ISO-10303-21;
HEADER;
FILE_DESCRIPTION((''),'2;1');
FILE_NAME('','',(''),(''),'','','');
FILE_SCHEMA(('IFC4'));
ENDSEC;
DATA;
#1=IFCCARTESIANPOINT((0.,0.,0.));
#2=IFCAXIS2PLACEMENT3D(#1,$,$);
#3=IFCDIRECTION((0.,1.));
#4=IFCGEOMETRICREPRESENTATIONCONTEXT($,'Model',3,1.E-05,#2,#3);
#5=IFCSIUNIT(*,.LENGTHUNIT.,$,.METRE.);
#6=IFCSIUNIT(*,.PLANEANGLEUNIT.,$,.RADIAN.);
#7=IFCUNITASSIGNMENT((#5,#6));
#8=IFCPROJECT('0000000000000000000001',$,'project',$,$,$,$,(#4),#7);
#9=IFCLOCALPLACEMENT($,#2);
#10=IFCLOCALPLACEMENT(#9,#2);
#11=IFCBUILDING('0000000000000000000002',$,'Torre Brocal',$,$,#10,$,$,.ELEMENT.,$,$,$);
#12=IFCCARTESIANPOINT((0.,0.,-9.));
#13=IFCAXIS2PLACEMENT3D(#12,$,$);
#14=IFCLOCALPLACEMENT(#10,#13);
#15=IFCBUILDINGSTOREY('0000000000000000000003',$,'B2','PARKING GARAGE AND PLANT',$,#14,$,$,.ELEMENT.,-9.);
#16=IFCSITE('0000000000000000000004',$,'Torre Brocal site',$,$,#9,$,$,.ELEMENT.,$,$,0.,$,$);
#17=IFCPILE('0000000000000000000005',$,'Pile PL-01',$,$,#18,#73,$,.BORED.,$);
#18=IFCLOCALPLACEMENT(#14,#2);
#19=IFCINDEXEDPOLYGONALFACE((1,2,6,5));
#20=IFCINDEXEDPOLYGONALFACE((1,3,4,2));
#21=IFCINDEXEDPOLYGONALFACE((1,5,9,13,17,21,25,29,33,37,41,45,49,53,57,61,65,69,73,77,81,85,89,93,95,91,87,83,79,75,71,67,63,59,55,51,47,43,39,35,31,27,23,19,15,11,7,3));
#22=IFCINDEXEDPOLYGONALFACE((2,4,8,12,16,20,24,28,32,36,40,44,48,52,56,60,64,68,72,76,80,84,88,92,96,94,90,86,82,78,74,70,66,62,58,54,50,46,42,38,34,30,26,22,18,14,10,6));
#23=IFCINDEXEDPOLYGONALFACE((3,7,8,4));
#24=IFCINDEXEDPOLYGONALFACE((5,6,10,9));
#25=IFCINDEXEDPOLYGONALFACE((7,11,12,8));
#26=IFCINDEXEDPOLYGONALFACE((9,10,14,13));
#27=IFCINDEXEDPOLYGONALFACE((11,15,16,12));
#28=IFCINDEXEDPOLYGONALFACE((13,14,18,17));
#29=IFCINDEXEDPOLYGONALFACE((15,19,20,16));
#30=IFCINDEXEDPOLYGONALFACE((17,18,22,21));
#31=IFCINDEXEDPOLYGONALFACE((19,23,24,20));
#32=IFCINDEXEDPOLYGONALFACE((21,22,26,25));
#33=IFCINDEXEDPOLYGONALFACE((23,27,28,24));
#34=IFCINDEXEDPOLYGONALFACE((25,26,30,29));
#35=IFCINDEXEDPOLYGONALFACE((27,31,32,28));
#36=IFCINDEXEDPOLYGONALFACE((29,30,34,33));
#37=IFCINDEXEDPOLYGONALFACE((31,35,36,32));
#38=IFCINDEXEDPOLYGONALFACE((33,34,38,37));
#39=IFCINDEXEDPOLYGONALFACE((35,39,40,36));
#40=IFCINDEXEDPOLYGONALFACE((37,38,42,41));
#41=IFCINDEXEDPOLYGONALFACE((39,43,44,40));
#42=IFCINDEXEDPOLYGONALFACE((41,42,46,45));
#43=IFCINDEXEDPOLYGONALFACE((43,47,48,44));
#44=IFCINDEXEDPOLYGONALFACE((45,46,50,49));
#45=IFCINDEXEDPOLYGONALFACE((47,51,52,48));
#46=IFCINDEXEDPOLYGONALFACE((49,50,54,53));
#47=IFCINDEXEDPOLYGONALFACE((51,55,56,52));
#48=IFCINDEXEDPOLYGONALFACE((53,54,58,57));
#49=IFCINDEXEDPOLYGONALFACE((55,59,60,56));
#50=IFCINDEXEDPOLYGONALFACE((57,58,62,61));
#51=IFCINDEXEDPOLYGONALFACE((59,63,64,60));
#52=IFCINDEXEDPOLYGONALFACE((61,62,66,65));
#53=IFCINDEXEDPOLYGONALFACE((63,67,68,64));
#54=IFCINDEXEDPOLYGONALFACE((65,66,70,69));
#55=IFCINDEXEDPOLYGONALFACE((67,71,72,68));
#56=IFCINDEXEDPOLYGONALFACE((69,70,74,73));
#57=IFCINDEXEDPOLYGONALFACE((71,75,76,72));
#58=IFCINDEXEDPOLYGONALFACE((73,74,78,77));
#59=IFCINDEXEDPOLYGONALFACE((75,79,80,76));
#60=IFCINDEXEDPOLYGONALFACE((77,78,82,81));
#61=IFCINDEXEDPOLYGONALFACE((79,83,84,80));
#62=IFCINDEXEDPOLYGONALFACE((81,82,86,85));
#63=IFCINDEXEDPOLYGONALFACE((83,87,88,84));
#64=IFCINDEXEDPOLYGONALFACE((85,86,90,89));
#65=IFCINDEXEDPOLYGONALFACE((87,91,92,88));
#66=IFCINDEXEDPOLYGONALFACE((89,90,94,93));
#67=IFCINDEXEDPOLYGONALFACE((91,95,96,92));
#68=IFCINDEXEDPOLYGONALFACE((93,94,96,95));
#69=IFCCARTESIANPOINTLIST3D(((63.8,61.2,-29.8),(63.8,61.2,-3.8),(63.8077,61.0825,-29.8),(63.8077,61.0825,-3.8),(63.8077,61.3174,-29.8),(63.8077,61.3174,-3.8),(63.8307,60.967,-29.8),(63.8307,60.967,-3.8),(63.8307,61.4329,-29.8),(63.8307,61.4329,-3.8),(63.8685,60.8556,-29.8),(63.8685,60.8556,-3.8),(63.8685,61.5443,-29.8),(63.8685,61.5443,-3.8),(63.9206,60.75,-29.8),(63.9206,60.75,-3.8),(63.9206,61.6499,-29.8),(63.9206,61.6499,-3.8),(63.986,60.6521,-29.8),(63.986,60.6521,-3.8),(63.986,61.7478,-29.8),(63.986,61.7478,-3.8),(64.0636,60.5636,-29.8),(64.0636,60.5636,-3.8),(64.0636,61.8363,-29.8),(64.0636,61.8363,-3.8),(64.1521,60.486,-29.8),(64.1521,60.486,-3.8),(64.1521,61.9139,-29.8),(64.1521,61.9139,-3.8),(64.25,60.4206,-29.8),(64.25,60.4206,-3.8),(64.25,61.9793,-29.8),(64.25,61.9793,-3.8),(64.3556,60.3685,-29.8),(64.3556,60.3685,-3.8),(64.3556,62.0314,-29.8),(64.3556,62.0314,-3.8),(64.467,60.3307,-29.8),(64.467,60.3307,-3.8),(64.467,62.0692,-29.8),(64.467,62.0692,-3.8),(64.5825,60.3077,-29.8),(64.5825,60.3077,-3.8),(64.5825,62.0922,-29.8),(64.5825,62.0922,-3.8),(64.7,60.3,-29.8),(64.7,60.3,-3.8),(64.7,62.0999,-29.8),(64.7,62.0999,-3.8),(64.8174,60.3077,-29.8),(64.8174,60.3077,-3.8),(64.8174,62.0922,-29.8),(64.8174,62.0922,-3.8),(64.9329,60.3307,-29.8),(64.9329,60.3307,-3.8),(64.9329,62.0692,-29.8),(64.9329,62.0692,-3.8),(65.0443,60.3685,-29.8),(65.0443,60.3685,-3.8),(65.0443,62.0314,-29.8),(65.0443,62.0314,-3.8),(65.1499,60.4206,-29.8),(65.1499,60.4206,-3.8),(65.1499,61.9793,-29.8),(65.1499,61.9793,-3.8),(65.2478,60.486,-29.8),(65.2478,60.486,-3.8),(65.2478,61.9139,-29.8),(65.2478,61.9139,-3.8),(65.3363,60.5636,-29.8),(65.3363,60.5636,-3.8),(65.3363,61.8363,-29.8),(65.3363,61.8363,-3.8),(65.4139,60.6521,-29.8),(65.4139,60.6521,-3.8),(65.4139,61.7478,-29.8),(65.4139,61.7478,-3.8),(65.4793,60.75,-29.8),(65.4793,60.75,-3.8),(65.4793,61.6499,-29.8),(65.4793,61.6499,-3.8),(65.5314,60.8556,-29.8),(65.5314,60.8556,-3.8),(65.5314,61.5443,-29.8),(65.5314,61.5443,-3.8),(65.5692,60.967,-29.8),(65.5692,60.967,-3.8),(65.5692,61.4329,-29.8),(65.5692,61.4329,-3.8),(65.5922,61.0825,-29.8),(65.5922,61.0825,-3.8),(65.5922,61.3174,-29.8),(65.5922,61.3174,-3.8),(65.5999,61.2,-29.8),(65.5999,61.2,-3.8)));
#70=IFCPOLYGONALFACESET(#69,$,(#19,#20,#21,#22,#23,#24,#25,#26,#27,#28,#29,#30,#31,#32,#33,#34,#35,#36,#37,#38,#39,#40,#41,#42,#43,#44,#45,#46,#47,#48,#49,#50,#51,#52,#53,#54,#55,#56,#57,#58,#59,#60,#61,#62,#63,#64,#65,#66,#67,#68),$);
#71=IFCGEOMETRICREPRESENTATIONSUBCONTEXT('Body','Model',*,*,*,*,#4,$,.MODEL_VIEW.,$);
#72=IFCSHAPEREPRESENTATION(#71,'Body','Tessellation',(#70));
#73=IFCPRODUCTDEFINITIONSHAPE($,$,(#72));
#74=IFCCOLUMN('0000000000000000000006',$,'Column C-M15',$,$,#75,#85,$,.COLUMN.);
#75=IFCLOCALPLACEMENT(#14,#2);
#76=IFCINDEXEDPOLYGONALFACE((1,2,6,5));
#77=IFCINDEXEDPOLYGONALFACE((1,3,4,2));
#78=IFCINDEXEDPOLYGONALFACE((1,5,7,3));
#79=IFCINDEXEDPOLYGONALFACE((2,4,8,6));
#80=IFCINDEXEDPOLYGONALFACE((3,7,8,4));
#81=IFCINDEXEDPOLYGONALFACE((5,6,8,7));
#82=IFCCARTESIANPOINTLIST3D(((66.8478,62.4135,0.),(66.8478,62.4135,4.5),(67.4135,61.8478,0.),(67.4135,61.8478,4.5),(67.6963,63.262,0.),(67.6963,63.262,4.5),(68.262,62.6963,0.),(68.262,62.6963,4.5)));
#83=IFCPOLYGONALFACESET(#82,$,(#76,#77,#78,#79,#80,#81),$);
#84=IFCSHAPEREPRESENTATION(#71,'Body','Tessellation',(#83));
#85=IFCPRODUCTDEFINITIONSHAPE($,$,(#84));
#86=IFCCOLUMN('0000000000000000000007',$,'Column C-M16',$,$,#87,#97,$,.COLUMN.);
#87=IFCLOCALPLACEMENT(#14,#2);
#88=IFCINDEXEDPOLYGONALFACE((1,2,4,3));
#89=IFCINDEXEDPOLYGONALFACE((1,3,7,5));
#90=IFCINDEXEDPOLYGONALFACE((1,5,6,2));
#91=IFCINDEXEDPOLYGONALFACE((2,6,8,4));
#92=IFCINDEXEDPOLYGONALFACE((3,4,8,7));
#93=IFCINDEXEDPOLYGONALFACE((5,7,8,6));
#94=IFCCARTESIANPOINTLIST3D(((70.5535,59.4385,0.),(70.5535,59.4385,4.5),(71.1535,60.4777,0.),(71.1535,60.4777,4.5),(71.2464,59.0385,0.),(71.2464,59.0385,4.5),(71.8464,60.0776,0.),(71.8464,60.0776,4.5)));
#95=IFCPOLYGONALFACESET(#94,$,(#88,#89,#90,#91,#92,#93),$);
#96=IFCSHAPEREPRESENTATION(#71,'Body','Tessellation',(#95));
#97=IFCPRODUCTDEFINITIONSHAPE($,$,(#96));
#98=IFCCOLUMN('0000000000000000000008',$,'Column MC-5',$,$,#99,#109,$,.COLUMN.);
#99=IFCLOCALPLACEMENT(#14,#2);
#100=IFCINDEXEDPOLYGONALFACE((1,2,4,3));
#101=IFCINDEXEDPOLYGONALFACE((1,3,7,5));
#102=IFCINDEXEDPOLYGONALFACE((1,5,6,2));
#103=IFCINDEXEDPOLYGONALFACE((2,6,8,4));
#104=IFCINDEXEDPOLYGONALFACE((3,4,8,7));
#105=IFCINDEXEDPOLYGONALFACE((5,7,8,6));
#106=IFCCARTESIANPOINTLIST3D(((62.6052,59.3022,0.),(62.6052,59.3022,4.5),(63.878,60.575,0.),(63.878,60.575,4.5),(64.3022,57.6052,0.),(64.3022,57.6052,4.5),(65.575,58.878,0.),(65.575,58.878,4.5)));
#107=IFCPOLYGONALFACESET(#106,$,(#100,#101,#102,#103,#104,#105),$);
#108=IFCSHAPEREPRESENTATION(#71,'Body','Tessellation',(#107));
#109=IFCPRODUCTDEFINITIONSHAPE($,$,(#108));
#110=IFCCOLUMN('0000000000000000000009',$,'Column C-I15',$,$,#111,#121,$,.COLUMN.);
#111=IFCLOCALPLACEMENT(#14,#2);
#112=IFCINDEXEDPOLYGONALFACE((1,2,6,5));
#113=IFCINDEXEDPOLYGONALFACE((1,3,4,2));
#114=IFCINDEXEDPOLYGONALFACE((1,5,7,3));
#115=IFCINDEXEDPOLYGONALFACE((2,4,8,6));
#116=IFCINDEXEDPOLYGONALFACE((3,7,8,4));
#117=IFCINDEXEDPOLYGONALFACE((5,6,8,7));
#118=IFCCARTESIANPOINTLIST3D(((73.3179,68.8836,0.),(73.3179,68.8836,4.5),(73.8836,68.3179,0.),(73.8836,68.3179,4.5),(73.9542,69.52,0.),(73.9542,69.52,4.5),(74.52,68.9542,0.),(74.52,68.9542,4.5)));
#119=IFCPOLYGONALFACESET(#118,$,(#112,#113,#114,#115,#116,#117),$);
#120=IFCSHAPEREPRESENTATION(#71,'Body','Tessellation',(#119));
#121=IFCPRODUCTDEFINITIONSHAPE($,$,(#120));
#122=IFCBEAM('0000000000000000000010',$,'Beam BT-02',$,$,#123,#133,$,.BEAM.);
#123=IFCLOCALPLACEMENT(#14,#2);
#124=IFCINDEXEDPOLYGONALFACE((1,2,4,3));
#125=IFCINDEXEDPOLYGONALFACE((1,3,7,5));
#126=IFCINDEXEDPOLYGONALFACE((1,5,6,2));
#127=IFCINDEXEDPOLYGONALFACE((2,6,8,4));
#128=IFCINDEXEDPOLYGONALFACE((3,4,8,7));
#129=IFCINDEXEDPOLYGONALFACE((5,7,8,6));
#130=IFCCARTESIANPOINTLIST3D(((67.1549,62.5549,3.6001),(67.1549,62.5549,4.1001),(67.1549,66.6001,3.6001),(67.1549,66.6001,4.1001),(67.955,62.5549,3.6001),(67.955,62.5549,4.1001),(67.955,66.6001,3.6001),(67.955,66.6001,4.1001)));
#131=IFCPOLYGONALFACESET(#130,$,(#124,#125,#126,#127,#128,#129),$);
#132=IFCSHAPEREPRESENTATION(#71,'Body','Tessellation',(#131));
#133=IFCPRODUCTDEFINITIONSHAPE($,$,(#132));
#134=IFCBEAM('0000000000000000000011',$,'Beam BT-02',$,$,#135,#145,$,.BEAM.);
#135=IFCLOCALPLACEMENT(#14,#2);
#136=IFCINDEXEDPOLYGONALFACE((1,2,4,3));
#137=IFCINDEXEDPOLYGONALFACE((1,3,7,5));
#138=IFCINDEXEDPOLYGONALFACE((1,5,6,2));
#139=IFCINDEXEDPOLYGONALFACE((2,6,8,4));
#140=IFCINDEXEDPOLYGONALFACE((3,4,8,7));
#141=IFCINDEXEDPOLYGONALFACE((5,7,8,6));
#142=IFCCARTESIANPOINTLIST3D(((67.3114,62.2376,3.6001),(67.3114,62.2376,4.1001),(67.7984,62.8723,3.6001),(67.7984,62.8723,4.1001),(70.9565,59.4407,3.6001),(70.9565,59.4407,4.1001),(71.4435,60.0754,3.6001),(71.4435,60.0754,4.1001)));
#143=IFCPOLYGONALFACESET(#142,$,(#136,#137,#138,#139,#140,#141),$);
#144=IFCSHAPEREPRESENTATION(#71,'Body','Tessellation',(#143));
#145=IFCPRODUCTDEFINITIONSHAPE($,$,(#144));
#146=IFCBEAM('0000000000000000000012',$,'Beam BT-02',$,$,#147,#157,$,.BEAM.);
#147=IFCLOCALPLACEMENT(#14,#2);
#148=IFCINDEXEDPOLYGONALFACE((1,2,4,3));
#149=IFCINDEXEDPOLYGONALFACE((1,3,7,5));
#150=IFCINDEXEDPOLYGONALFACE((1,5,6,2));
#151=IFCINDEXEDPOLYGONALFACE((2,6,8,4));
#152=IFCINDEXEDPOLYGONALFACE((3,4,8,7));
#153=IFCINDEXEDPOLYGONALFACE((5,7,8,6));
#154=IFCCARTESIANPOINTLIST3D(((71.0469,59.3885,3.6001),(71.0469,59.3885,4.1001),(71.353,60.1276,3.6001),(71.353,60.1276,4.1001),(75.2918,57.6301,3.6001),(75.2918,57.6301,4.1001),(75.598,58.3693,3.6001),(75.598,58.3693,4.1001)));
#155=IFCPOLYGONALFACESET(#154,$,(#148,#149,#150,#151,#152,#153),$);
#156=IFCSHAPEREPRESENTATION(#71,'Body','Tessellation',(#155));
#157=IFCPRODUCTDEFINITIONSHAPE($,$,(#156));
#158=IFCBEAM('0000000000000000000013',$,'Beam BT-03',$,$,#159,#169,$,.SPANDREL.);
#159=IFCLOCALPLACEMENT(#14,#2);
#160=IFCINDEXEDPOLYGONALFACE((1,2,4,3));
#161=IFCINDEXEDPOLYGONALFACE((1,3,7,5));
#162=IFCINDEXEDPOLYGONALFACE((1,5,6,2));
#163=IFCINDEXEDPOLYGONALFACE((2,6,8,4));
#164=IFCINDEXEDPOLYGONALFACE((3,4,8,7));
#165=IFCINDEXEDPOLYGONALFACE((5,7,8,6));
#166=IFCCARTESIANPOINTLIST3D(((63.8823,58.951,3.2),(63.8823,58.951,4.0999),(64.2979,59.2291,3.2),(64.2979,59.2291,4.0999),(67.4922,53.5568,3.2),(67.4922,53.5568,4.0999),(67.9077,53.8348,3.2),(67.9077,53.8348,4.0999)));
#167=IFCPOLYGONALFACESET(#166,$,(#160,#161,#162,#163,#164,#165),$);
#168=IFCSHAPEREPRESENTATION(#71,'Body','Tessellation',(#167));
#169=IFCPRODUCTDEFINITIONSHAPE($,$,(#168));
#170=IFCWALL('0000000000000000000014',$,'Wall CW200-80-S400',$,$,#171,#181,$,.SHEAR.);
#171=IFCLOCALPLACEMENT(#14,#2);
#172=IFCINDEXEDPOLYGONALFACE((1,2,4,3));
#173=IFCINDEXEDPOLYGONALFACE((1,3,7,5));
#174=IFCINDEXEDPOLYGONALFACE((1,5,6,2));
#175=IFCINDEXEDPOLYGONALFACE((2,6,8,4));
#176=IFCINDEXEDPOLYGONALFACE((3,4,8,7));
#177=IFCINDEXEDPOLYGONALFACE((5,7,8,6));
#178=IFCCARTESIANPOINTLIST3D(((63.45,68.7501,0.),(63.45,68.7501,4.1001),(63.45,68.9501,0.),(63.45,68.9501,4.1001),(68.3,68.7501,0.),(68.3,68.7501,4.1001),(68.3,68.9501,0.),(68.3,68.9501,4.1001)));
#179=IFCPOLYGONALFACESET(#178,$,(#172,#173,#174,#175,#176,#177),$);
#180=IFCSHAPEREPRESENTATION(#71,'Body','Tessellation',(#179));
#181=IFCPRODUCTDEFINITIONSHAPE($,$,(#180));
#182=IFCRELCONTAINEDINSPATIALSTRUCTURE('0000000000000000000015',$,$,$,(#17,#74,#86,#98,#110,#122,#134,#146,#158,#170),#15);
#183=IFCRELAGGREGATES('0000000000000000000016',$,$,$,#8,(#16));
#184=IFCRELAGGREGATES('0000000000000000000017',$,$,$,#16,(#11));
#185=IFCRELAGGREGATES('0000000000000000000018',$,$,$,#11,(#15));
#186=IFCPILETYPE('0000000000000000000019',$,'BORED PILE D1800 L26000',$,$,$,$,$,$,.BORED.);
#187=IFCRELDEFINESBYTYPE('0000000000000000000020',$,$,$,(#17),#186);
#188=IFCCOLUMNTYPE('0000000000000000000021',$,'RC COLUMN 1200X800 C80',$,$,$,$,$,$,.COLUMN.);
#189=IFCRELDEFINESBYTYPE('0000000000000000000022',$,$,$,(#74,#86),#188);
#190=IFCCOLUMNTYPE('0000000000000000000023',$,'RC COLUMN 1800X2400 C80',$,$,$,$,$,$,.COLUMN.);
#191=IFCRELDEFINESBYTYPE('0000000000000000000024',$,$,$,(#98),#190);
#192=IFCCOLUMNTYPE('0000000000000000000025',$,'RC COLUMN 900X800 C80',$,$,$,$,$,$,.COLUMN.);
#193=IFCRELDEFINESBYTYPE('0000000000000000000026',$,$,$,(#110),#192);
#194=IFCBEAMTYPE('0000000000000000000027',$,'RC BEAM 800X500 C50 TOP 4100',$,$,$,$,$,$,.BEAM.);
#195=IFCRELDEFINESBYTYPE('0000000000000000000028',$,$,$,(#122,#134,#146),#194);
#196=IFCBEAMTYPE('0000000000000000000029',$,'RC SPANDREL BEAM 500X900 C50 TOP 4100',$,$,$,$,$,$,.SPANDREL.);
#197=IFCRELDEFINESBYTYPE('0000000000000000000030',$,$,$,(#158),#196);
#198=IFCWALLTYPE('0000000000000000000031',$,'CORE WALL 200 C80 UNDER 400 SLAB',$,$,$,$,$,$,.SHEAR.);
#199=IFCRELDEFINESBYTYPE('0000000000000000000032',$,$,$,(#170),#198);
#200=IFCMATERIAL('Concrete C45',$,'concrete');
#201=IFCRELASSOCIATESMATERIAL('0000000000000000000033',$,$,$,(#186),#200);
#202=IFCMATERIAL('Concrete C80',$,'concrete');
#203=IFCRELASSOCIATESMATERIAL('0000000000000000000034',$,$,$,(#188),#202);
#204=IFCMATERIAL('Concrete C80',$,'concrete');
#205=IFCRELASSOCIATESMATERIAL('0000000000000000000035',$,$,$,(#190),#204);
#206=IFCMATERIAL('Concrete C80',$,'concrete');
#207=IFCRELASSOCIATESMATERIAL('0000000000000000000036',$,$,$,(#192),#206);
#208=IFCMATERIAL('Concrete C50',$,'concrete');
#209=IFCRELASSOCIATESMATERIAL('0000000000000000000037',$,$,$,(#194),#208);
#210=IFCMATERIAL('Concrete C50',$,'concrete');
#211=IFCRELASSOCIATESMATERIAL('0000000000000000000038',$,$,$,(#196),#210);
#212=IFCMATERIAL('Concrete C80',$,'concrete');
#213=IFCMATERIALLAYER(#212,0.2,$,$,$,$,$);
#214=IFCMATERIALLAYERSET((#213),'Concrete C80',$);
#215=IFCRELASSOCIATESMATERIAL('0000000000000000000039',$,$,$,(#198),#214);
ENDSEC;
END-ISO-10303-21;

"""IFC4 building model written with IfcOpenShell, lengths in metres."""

from ifc_helpers import new_model, si_unit, direction, frame, frame_2d, origin, origin_2d, place, context, subcontext, project, spatial, rectangle, circle, extrude, material, layer, layer_set, material_profile, profile_set, type_object, element, save


model = new_model("IFC4")

# Units and contexts
model_context = context("Model", 3, precision=1e-05, world=origin(), true_north=direction((0.0, 1.0)))
body_context = subcontext(model_context, "Body", "Model", "MODEL_VIEW")
ifc_project = project(units=[si_unit("LENGTHUNIT", "METRE"), si_unit("PLANEANGLEUNIT", "RADIAN")], contexts=[model_context])

# Site, building, storey
site_placement = place(None, origin())
site = spatial("IfcSite", under=ifc_project, at=site_placement, Name="Torre Brocal site", CompositionType="ELEMENT", RefElevation=0.0)
building_placement = place(site_placement, origin())
building = spatial("IfcBuilding", under=site, at=building_placement, Name="Torre Brocal", CompositionType="ELEMENT")
storey_placement = place(building_placement, frame((0.0, 0.0, -9.0)))
storey = spatial("IfcBuildingStorey", under=building, at=storey_placement, Name="B2", Description="PARKING GARAGE AND PLANT", CompositionType="ELEMENT", Elevation=-9.0)

# Pile
ifc_material_1 = material(Name="Concrete C45", Category="concrete")
ifc_material_profile_1 = material_profile(ifc_material_1, circle(Radius=0.8999, at=origin_2d()), Name="BORED PILE D1800")
ifc_profile_set_1 = profile_set([ifc_material_profile_1], Name="Concrete C45")
pile_type = type_object("IfcPileType", Name="BORED PILE D1800 L26000", PredefinedType="BORED", material=ifc_profile_set_1)
for number, where, z_axis, x_axis, name in (
    (1, (64.7, 61.2, -3.8), (0.0, 0.0, -1.0), (1.0, 0.0, 0.0), "Pile PL-01"),
):
    element("IfcPile", number, at=place(storey_placement, frame(where, z_axis=z_axis, x_axis=x_axis)), inside=storey, type_object=pile_type, Name=name, PredefinedType="BORED", context=body_context, shape_type="SweptSolid", body=[
        extrude(circle(Radius=0.8999, at=origin_2d()), origin(), (0.0, 0.0, 1.0), 26.0),
    ])

# Columns
ifc_material_2 = material(Name="Concrete C80", Category="concrete")
ifc_material_profile_2 = material_profile(ifc_material_2, rectangle(XDim=1.2, YDim=0.8, at=origin_2d()), Name="RC 1200X800")
ifc_profile_set_2 = profile_set([ifc_material_profile_2], Name="Concrete C80")
column_type_1 = type_object("IfcColumnType", Name="RC COLUMN 1200X800 C80", PredefinedType="COLUMN", material=ifc_profile_set_2)
for number, where, z_axis, x_axis, name in (
    (2, (67.5549, 62.5549, 0.0), (0.0, 0.0, 1.0), (-0.707107, -0.707107, 0.0), "Column C-M15"),
    (3, (71.2, 59.7581, 0.0), (0.0, 0.0, 1.0), (-0.5, -0.866025, 0.0), "Column C-M16"),
):
    element("IfcColumn", number, at=place(storey_placement, frame(where, z_axis=z_axis, x_axis=x_axis)), inside=storey, type_object=column_type_1, Name=name, PredefinedType="COLUMN", context=body_context, shape_type="SweptSolid", body=[
        extrude(rectangle(XDim=1.2, YDim=0.8, at=origin_2d()), origin(), (0.0, 0.0, 1.0), 4.5),
    ])
ifc_material_3 = material(Name="Concrete C80", Category="concrete")
ifc_material_profile_3 = material_profile(ifc_material_3, rectangle(XDim=1.8, YDim=2.3999, at=origin_2d()), Name="RC 1800X2400")
ifc_profile_set_3 = profile_set([ifc_material_profile_3], Name="Concrete C80")
column_type_2 = type_object("IfcColumnType", Name="RC COLUMN 1800X2400 C80", PredefinedType="COLUMN", material=ifc_profile_set_3)
column_1_placement = place(storey_placement, frame((64.0901, 59.0901, 0.0), z_axis=(0.0, 0.0, 1.0), x_axis=(-0.707107, -0.707107, 0.0)))
element("IfcColumn", 4, at=column_1_placement, inside=storey, type_object=column_type_2, Name="Column MC-5", PredefinedType="COLUMN", context=body_context, shape_type="SweptSolid", body=[
    extrude(rectangle(XDim=1.8, YDim=2.3999, at=origin_2d()), origin(), (0.0, 0.0, 1.0), 4.5),
])
ifc_material_4 = material(Name="Concrete C80", Category="concrete")
ifc_material_profile_4 = material_profile(ifc_material_4, rectangle(XDim=0.8999, YDim=0.8, at=origin_2d()), Name="RC 900X800")
ifc_profile_set_4 = profile_set([ifc_material_profile_4], Name="Concrete C80")
column_type_3 = type_object("IfcColumnType", Name="RC COLUMN 900X800 C80", PredefinedType="COLUMN", material=ifc_profile_set_4)
column_2_placement = place(storey_placement, frame((73.9189, 68.9189, 0.0), z_axis=(0.0, 0.0, 1.0), x_axis=(-0.707107, -0.707107, 0.0)))
element("IfcColumn", 5, at=column_2_placement, inside=storey, type_object=column_type_3, Name="Column C-I15", PredefinedType="COLUMN", context=body_context, shape_type="SweptSolid", body=[
    extrude(rectangle(XDim=0.8999, YDim=0.8, at=origin_2d()), origin(), (0.0, 0.0, 1.0), 4.5),
])

# Beams
ifc_material_5 = material(Name="Concrete C50", Category="concrete")
ifc_material_profile_5 = material_profile(ifc_material_5, rectangle(XDim=0.8, YDim=0.5, at=origin_2d()), Name="RC 800X500")
ifc_profile_set_5 = profile_set([ifc_material_profile_5], Name="Concrete C50")
beam_type_1 = type_object("IfcBeamType", Name="RC BEAM 800X500 C50 TOP 4100", PredefinedType="BEAM", material=ifc_profile_set_5)
beam_1_placement = place(storey_placement, frame((67.5549, 62.5549, 3.8501), z_axis=(0.0, 1.0, 0.0), x_axis=(-1.0, 0.0, 0.0)))
element("IfcBeam", 6, at=beam_1_placement, inside=storey, type_object=beam_type_1, Name="Beam BT-02", PredefinedType="BEAM", context=body_context, shape_type="SweptSolid", body=[
    extrude(rectangle(XDim=0.8, YDim=0.5, at=origin_2d()), origin(), (0.0, 0.0, 1.0), 4.0452),
])
beam_2_placement = place(storey_placement, frame((67.5549, 62.5549, 3.8501), z_axis=(0.793358, -0.608755, 0.0), x_axis=(0.608755, 0.793358, 0.0)))
element("IfcBeam", 7, at=beam_2_placement, inside=storey, type_object=beam_type_1, Name="Beam BT-02", PredefinedType="BEAM", context=body_context, shape_type="SweptSolid", body=[
    extrude(rectangle(XDim=0.8, YDim=0.5, at=origin_2d()), origin(), (0.0, 0.0, 1.0), 4.5945),
])
beam_3_placement = place(storey_placement, frame((71.2, 59.7581, 3.8501), z_axis=(0.923878, -0.382687, 0.0), x_axis=(0.382687, 0.923878, 0.0)))
element("IfcBeam", 8, at=beam_3_placement, inside=storey, type_object=beam_type_1, Name="Beam BT-02", PredefinedType="BEAM", context=body_context, shape_type="SweptSolid", body=[
    extrude(rectangle(XDim=0.8, YDim=0.5, at=origin_2d()), origin(), (0.0, 0.0, 1.0), 4.5947),
])
ifc_material_6 = material(Name="Concrete C50", Category="concrete")
ifc_material_profile_6 = material_profile(ifc_material_6, rectangle(XDim=0.5, YDim=0.8999, at=origin_2d()), Name="RC 500X900")
ifc_profile_set_6 = profile_set([ifc_material_profile_6], Name="Concrete C50")
beam_type_2 = type_object("IfcBeamType", Name="RC SPANDREL BEAM 500X900 C50 TOP 4100", PredefinedType="SPANDREL", material=ifc_profile_set_6)
beam_4_placement = place(storey_placement, frame((64.0901, 59.0901, 3.6499), z_axis=(0.556158, -0.831077, 0.0), x_axis=(0.831077, 0.556158, 0.0)))
element("IfcBeam", 9, at=beam_4_placement, inside=storey, type_object=beam_type_2, Name="Beam BT-03", PredefinedType="SPANDREL", context=body_context, shape_type="SweptSolid", body=[
    extrude(rectangle(XDim=0.5, YDim=0.8999, at=origin_2d()), origin(), (0.0, 0.0, 1.0), 6.4907),
])

# Wall
ifc_material_7 = material(Name="Concrete C80", Category="concrete")
ifc_layer_1 = layer(ifc_material_7, 0.2)
ifc_layer_set_1 = layer_set([ifc_layer_1], Name="Concrete C80")
wall_type_1 = type_object("IfcWallType", Name="CORE WALL 200 C80 UNDER 400 SLAB", PredefinedType="SHEAR", material=ifc_layer_set_1)
wall_1_placement = place(storey_placement, frame((68.3, 68.8501, 0.0), z_axis=(0.0, 0.0, 1.0), x_axis=(-1.0, 0.0, 0.0)))
element("IfcWall", 10, at=wall_1_placement, inside=storey, type_object=wall_type_1, Name="Wall CW200-80-S400", PredefinedType="SHEAR", context=body_context, shape_type="SweptSolid", body=[
    extrude(rectangle(XDim=4.8501, YDim=0.2, at=frame_2d((2.425, 0.0))), origin(), (0.0, 0.0, 1.0), 4.1001),
])

save(model, "model.ifc")
